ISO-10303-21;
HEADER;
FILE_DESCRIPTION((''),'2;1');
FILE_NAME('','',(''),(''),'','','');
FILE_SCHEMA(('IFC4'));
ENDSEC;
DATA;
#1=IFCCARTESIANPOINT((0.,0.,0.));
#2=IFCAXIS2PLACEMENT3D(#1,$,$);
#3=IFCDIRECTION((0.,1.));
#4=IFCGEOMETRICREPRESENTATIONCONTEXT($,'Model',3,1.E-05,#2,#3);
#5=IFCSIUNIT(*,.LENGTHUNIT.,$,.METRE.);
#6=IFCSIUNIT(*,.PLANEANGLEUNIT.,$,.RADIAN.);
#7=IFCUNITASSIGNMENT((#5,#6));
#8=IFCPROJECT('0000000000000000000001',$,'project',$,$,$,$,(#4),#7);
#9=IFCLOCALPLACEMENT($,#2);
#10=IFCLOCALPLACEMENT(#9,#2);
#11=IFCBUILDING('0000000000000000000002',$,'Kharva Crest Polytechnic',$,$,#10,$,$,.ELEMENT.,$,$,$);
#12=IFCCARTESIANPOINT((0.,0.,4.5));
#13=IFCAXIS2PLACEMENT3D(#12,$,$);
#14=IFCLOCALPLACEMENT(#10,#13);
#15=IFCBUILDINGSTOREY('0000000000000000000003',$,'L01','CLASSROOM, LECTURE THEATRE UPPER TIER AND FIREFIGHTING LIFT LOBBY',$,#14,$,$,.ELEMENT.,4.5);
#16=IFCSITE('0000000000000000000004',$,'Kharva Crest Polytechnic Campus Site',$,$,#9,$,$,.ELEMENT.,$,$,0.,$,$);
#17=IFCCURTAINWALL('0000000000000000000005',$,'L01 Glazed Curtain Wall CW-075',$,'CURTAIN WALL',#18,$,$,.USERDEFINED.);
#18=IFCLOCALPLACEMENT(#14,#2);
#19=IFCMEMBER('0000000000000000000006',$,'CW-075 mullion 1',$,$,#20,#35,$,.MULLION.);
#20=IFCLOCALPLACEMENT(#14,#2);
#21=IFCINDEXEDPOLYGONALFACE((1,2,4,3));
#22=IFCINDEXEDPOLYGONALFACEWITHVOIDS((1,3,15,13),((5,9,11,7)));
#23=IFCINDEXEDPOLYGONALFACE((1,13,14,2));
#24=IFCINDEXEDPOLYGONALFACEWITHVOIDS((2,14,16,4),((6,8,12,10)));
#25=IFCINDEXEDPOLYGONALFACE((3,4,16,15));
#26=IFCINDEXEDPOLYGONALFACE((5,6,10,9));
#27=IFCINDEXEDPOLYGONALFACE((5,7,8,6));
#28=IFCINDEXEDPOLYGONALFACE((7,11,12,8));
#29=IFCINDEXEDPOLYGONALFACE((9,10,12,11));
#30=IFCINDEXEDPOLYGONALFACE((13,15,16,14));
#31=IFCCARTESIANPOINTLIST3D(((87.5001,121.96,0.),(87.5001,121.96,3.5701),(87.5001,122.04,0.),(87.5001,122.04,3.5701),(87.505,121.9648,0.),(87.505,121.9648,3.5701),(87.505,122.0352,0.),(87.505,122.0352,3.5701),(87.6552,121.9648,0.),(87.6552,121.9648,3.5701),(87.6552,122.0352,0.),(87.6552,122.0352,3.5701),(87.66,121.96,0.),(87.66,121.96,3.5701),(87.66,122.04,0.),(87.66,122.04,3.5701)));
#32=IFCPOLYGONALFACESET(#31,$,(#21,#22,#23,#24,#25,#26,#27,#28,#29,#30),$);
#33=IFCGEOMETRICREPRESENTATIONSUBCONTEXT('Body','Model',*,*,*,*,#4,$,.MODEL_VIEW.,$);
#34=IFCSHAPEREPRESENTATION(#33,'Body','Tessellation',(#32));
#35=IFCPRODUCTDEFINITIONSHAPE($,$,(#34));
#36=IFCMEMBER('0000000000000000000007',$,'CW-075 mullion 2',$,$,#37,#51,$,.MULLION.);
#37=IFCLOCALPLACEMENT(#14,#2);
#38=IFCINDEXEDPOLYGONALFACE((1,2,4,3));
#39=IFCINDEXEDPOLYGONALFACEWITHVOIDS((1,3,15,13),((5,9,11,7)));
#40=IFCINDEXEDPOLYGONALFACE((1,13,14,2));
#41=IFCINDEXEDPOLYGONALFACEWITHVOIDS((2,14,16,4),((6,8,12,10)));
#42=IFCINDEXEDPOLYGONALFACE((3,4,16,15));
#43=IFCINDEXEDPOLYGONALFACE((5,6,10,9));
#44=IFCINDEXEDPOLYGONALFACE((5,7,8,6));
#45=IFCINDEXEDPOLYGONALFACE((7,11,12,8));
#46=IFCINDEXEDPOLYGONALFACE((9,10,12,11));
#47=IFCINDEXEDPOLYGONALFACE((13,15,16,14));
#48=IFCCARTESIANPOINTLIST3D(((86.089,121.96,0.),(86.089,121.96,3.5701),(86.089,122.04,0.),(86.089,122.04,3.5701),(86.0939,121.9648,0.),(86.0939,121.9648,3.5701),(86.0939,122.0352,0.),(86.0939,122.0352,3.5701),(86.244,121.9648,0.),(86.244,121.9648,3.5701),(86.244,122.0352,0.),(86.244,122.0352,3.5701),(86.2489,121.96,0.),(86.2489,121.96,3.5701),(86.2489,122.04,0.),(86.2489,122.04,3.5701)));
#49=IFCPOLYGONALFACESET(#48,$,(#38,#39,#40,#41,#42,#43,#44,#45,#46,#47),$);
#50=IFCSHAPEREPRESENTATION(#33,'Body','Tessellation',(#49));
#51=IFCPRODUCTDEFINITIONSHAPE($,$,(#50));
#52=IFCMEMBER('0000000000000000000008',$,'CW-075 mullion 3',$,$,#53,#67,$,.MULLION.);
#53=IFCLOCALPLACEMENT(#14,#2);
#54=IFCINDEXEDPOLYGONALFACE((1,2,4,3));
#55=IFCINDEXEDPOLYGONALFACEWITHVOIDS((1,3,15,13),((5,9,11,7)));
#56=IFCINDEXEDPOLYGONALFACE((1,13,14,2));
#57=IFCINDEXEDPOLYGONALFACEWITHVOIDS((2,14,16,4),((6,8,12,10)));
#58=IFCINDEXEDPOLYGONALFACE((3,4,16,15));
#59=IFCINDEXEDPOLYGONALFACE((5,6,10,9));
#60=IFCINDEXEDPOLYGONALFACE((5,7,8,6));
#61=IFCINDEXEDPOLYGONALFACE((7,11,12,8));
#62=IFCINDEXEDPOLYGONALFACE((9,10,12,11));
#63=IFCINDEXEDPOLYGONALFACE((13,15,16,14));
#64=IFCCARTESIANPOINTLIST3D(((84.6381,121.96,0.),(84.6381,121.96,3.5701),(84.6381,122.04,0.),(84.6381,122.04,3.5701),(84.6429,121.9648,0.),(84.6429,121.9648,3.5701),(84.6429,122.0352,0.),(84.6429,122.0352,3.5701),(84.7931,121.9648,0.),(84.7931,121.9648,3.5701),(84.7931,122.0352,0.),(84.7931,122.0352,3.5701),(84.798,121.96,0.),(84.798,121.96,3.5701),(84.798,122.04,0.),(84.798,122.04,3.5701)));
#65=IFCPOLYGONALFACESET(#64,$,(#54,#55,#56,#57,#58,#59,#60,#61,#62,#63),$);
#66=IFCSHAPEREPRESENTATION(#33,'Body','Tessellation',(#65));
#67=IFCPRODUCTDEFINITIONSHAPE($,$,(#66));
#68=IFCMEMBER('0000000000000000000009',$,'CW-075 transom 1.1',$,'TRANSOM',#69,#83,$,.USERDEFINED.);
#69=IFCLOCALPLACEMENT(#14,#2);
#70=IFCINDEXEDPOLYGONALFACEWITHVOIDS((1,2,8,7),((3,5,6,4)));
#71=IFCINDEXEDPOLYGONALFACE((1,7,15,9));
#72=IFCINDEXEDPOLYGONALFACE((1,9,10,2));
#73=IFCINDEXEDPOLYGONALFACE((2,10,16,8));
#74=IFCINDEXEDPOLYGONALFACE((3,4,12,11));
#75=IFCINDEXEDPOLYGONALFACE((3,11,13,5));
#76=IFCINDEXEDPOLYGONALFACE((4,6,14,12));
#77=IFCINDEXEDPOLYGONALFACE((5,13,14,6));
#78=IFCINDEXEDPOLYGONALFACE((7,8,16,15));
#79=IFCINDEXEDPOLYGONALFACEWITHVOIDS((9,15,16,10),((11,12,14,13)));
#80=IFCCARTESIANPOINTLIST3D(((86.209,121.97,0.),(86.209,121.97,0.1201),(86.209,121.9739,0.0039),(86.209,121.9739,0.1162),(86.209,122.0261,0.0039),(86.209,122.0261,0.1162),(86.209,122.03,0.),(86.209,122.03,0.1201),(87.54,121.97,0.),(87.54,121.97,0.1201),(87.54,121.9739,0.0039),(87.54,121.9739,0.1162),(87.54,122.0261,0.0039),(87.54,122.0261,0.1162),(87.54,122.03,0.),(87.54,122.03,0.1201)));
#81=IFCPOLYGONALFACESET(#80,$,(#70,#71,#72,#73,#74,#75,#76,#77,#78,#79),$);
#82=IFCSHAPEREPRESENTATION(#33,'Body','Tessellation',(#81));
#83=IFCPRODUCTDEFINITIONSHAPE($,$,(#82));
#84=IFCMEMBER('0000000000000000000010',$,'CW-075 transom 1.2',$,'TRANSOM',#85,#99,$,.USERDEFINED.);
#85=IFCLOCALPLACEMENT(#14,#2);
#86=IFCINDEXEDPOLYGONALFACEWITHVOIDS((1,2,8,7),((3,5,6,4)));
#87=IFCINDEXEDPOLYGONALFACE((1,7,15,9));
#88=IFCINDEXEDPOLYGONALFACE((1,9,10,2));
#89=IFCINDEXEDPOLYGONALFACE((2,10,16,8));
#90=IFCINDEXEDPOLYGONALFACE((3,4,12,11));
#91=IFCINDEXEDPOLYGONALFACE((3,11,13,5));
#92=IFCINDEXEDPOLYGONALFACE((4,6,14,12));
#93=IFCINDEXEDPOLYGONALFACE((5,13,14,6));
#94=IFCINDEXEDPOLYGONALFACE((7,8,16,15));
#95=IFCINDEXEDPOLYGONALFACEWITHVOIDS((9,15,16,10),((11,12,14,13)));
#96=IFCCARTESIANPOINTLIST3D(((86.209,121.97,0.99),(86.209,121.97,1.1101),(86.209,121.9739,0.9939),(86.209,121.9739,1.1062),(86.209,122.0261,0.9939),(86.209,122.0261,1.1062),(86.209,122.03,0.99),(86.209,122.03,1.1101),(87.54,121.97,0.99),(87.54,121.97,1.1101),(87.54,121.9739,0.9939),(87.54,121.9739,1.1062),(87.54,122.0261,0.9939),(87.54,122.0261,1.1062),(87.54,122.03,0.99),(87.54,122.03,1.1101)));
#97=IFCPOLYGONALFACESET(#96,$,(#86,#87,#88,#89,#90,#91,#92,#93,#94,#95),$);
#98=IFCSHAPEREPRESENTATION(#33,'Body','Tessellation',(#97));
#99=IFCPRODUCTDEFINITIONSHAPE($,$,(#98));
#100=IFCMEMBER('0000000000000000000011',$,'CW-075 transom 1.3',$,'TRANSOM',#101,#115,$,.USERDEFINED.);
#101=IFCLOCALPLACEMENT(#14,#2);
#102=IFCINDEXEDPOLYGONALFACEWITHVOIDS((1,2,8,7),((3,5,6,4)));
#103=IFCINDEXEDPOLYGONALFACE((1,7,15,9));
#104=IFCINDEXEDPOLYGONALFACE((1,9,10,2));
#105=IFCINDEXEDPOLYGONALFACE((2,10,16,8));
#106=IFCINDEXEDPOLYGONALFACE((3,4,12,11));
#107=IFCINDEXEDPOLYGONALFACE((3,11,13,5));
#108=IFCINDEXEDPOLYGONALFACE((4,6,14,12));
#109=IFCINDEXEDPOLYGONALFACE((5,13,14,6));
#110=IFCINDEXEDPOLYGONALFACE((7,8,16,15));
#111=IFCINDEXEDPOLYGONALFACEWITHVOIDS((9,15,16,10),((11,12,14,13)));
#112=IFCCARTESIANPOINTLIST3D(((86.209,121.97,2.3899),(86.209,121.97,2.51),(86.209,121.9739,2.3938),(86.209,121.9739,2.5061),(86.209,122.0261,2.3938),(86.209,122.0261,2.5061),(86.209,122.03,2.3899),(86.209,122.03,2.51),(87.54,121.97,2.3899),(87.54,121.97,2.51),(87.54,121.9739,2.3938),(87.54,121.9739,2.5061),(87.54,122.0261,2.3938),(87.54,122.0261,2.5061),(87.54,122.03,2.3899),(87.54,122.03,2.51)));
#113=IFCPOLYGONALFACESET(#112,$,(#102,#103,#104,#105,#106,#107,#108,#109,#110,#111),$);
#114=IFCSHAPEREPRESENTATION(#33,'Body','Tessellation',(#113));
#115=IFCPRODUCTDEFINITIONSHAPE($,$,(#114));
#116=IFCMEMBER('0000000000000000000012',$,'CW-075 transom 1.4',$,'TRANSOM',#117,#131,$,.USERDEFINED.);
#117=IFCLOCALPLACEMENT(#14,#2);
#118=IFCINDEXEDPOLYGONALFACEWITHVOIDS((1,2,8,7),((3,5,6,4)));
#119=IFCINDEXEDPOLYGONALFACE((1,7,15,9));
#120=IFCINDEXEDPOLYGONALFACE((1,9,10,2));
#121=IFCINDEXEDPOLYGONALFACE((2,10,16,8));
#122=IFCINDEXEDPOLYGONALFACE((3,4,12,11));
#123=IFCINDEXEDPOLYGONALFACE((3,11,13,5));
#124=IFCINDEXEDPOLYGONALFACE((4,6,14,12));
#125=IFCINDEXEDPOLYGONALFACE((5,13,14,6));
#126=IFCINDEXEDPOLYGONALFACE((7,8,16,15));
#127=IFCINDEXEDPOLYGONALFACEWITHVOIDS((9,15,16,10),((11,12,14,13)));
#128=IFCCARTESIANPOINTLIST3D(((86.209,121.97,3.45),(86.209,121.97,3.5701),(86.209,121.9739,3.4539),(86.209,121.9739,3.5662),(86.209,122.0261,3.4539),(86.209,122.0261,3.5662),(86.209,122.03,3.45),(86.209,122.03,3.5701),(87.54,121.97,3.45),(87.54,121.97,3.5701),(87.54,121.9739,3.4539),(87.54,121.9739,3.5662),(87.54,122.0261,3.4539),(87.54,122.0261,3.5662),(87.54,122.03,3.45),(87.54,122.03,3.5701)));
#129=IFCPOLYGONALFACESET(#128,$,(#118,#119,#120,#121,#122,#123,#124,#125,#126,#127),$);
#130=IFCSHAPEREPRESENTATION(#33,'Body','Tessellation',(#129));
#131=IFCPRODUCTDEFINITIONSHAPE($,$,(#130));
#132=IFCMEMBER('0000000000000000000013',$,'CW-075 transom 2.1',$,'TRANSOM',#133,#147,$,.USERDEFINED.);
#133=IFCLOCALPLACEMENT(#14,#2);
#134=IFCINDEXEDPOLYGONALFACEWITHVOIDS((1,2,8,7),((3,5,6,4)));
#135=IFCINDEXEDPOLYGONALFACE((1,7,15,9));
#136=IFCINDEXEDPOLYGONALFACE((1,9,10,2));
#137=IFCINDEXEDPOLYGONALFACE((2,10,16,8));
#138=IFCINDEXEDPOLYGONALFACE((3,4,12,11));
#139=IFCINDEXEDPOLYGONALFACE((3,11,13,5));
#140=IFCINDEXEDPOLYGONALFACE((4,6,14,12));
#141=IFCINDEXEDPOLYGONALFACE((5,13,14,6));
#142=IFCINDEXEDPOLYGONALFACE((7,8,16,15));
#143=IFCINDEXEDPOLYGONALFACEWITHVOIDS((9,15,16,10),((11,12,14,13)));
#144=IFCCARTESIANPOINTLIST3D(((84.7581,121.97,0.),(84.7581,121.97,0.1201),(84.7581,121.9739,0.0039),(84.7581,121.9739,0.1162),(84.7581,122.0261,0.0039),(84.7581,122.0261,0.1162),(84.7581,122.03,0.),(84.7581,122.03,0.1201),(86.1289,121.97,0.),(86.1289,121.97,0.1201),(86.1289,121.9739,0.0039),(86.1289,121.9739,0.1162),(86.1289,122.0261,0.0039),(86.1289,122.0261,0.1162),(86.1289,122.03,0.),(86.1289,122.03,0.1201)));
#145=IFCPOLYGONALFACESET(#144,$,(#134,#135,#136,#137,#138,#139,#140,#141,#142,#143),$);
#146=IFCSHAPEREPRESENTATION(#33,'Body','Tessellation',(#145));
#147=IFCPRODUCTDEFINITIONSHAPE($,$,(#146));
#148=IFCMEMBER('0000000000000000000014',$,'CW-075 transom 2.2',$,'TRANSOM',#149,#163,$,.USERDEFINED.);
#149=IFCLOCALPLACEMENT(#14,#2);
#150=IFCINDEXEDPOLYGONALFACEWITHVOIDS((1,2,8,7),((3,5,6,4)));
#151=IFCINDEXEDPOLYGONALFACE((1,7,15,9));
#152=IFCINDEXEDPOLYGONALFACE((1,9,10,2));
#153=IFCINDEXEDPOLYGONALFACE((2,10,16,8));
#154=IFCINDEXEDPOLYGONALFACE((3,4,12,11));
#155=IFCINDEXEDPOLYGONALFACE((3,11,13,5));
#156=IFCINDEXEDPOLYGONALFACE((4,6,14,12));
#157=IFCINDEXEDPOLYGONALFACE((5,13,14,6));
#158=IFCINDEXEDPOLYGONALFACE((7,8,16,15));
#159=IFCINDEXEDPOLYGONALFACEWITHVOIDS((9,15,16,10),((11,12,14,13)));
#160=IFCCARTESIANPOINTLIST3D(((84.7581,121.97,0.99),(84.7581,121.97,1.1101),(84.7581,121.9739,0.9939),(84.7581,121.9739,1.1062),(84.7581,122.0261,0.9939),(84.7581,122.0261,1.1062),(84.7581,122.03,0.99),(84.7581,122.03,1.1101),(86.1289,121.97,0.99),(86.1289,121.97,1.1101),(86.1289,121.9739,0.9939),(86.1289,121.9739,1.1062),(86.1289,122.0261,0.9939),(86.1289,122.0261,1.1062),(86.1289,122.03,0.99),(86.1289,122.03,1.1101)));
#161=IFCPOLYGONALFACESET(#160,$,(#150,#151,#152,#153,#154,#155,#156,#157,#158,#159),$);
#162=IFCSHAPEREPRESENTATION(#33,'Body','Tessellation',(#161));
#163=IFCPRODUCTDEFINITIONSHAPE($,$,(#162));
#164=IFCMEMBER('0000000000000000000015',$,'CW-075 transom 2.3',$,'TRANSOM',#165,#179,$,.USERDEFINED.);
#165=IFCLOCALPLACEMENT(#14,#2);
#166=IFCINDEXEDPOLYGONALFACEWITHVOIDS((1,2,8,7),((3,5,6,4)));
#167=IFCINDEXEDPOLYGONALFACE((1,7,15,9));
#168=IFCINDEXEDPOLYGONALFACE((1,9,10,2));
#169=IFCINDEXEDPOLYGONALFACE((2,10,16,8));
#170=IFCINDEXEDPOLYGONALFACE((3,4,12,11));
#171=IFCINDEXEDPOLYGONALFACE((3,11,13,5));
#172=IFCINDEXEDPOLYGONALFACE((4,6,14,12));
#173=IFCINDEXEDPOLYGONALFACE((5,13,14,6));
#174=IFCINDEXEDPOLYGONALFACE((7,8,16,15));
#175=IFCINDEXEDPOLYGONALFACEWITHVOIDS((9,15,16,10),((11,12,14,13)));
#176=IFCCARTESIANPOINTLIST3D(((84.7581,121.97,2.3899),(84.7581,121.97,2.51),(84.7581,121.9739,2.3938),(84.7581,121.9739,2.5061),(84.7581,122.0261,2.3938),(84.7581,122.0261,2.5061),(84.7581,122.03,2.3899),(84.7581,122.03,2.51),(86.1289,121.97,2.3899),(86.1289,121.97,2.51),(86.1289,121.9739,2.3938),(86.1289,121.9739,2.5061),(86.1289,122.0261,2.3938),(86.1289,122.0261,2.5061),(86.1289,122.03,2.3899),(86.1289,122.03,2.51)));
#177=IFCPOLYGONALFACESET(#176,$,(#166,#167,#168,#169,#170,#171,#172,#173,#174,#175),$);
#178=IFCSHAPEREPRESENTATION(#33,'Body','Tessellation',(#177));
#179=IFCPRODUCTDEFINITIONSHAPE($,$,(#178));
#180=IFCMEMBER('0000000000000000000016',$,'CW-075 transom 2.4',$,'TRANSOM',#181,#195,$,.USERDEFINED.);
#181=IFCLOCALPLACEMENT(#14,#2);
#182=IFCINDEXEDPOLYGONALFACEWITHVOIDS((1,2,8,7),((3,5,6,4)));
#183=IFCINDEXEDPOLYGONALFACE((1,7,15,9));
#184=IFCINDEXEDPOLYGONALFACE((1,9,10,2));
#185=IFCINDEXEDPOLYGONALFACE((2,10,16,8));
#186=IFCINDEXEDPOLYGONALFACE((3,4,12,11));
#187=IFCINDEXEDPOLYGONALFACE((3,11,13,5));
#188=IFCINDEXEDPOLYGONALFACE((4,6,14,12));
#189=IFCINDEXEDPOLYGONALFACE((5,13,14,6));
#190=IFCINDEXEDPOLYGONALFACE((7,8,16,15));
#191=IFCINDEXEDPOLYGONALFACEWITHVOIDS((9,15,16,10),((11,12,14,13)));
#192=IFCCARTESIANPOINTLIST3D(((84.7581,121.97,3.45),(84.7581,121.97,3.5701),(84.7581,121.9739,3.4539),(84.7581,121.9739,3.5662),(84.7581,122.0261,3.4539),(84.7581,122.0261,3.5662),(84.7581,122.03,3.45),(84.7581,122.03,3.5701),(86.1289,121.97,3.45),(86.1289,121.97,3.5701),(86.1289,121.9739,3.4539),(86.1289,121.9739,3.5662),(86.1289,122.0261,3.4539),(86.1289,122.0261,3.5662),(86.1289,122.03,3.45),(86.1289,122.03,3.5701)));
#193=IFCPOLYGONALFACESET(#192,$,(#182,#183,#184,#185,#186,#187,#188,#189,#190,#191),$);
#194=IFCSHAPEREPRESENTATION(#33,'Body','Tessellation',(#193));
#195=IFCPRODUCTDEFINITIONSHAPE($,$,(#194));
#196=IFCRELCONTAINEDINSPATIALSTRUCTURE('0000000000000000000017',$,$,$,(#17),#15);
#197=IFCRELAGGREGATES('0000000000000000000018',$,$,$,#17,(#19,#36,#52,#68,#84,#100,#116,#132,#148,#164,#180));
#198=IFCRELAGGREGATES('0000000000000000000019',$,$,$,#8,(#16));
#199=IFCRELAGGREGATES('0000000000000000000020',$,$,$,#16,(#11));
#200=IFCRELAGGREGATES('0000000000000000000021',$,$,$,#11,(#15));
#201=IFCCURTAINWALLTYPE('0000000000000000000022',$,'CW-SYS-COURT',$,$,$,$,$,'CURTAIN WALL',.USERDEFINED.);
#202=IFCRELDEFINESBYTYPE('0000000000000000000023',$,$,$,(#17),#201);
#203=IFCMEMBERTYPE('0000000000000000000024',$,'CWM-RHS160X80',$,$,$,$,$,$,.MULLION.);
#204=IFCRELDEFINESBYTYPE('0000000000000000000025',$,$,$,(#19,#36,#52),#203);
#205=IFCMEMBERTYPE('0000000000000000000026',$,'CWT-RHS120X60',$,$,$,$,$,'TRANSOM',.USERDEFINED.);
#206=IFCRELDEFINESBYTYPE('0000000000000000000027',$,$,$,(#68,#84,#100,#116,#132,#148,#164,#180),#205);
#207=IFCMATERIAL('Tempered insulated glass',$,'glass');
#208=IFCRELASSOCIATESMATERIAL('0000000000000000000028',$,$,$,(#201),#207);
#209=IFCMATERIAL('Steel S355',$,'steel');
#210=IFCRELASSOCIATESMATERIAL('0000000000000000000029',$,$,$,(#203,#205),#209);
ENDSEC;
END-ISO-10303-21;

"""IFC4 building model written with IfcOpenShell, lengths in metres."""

from ifc_helpers import new_model, si_unit, direction, frame, origin, origin_2d, place, context, subcontext, project, spatial, hollow_rectangle, extrude, material, material_profile, profile_set, type_object, element, aggregate, save


model = new_model("IFC4")

# Units and contexts
model_context = context("Model", 3, precision=1e-05, world=origin(), true_north=direction((0.0, 1.0)))
body_context = subcontext(model_context, "Body", "Model", "MODEL_VIEW")
ifc_project = project(units=[si_unit("LENGTHUNIT", "METRE"), si_unit("PLANEANGLEUNIT", "RADIAN")], contexts=[model_context])

# Site, building, storey
site_placement = place(None, origin())
site = spatial("IfcSite", under=ifc_project, at=site_placement, Name="Kharva Crest Polytechnic Campus Site", CompositionType="ELEMENT", RefElevation=0.0)
building_placement = place(site_placement, origin())
building = spatial("IfcBuilding", under=site, at=building_placement, Name="Kharva Crest Polytechnic", CompositionType="ELEMENT")
storey_placement = place(building_placement, frame((0.0, 0.0, 4.5)))
storey = spatial("IfcBuildingStorey", under=building, at=storey_placement, Name="L01", Description="CLASSROOM, LECTURE THEATRE UPPER TIER AND FIREFIGHTING LIFT LOBBY", CompositionType="ELEMENT", Elevation=4.5)

# Curtain wall, members
ifc_material_1 = material(Name="Tempered insulated glass", Category="glass")
curtain_wall_type = type_object("IfcCurtainWallType", Name="CW-SYS-COURT", ElementType="CURTAIN WALL", PredefinedType="USERDEFINED", material=ifc_material_1)
curtain_wall_placement = place(storey_placement, origin())
curtain_wall = element("IfcCurtainWall", 1, at=curtain_wall_placement, inside=storey, type_object=curtain_wall_type, Name="L01 Glazed Curtain Wall CW-075", ObjectType="CURTAIN WALL", PredefinedType="USERDEFINED")
ifc_material_2 = material(Name="Steel S355", Category="steel")
ifc_material_profile_1 = material_profile(ifc_material_2, hollow_rectangle(XDim=0.0801, YDim=0.1599, WallThickness=0.0049, at=origin_2d()), Name="RHS 160X80X5.0")
ifc_profile_set_1 = profile_set([ifc_material_profile_1], Name="Steel S355")
member_type_1 = type_object("IfcMemberType", Name="CWM-RHS160X80", PredefinedType="MULLION", material=ifc_profile_set_1)
member_1_placement = place(storey_placement, frame((87.5801, 122.0, 0.0), z_axis=(0.0, 0.0, 1.0), x_axis=(0.0, -1.0, 0.0)))
member_1 = element("IfcMember", 2, at=member_1_placement, type_object=member_type_1, Name="CW-075 mullion 1", PredefinedType="MULLION", context=body_context, shape_type="SweptSolid", body=[
    extrude(hollow_rectangle(XDim=0.0801, YDim=0.1599, WallThickness=0.0049, at=origin_2d()), origin(), (0.0, 0.0, 1.0), 3.5701),
])
member_2_placement = place(storey_placement, frame((86.1689, 122.0, 0.0), z_axis=(0.0, 0.0, 1.0), x_axis=(0.0, -1.0, 0.0)))
member_2 = element("IfcMember", 3, at=member_2_placement, type_object=member_type_1, Name="CW-075 mullion 2", PredefinedType="MULLION", context=body_context, shape_type="SweptSolid", body=[
    extrude(hollow_rectangle(XDim=0.0801, YDim=0.1599, WallThickness=0.0049, at=origin_2d()), origin(), (0.0, 0.0, 1.0), 3.5701),
])
member_3_placement = place(storey_placement, frame((84.718, 122.0, 0.0), z_axis=(0.0, 0.0, 1.0), x_axis=(0.0, -1.0, 0.0)))
member_3 = element("IfcMember", 4, at=member_3_placement, type_object=member_type_1, Name="CW-075 mullion 3", PredefinedType="MULLION", context=body_context, shape_type="SweptSolid", body=[
    extrude(hollow_rectangle(XDim=0.0801, YDim=0.1599, WallThickness=0.0049, at=origin_2d()), origin(), (0.0, 0.0, 1.0), 3.5701),
])
ifc_material_profile_2 = material_profile(ifc_material_2, hollow_rectangle(XDim=0.0601, YDim=0.1201, WallThickness=0.0039, at=origin_2d()), Name="RHS 120X60X4.0")
ifc_profile_set_2 = profile_set([ifc_material_profile_2], Name="Steel S355")
member_type_2 = type_object("IfcMemberType", Name="CWT-RHS120X60", ElementType="TRANSOM", PredefinedType="USERDEFINED", material=ifc_profile_set_2)
member_4_placement = place(storey_placement, frame((87.54, 122.0, 0.0601), z_axis=(-1.0, 0.0, 0.0), x_axis=(0.0, -1.0, 0.0)))
member_4 = element("IfcMember", 5, at=member_4_placement, type_object=member_type_2, Name="CW-075 transom 1.1", ObjectType="TRANSOM", PredefinedType="USERDEFINED", context=body_context, shape_type="SweptSolid", body=[
    extrude(hollow_rectangle(XDim=0.0601, YDim=0.1201, WallThickness=0.0039, at=origin_2d()), origin(), (0.0, 0.0, 1.0), 1.3311),
])
member_5_placement = place(storey_placement, frame((87.54, 122.0, 1.05), z_axis=(-1.0, 0.0, 0.0), x_axis=(0.0, -1.0, 0.0)))
member_5 = element("IfcMember", 6, at=member_5_placement, type_object=member_type_2, Name="CW-075 transom 1.2", ObjectType="TRANSOM", PredefinedType="USERDEFINED", context=body_context, shape_type="SweptSolid", body=[
    extrude(hollow_rectangle(XDim=0.0601, YDim=0.1201, WallThickness=0.0039, at=origin_2d()), origin(), (0.0, 0.0, 1.0), 1.3311),
])
member_6_placement = place(storey_placement, frame((87.54, 122.0, 2.45), z_axis=(-1.0, 0.0, 0.0), x_axis=(0.0, -1.0, 0.0)))
member_6 = element("IfcMember", 7, at=member_6_placement, type_object=member_type_2, Name="CW-075 transom 1.3", ObjectType="TRANSOM", PredefinedType="USERDEFINED", context=body_context, shape_type="SweptSolid", body=[
    extrude(hollow_rectangle(XDim=0.0601, YDim=0.1201, WallThickness=0.0039, at=origin_2d()), origin(), (0.0, 0.0, 1.0), 1.3311),
])
member_7_placement = place(storey_placement, frame((87.54, 122.0, 3.51), z_axis=(-1.0, 0.0, 0.0), x_axis=(0.0, -1.0, 0.0)))
member_7 = element("IfcMember", 8, at=member_7_placement, type_object=member_type_2, Name="CW-075 transom 1.4", ObjectType="TRANSOM", PredefinedType="USERDEFINED", context=body_context, shape_type="SweptSolid", body=[
    extrude(hollow_rectangle(XDim=0.0601, YDim=0.1201, WallThickness=0.0039, at=origin_2d()), origin(), (0.0, 0.0, 1.0), 1.3311),
])
member_8_placement = place(storey_placement, frame((86.1289, 122.0, 0.0601), z_axis=(-1.0, 0.0, 0.0), x_axis=(0.0, -1.0, 0.0)))
member_8 = element("IfcMember", 9, at=member_8_placement, type_object=member_type_2, Name="CW-075 transom 2.1", ObjectType="TRANSOM", PredefinedType="USERDEFINED", context=body_context, shape_type="SweptSolid", body=[
    extrude(hollow_rectangle(XDim=0.0601, YDim=0.1201, WallThickness=0.0039, at=origin_2d()), origin(), (0.0, 0.0, 1.0), 1.3708),
])
member_9_placement = place(storey_placement, frame((86.1289, 122.0, 1.05), z_axis=(-1.0, 0.0, 0.0), x_axis=(0.0, -1.0, 0.0)))
member_9 = element("IfcMember", 10, at=member_9_placement, type_object=member_type_2, Name="CW-075 transom 2.2", ObjectType="TRANSOM", PredefinedType="USERDEFINED", context=body_context, shape_type="SweptSolid", body=[
    extrude(hollow_rectangle(XDim=0.0601, YDim=0.1201, WallThickness=0.0039, at=origin_2d()), origin(), (0.0, 0.0, 1.0), 1.3708),
])
member_10_placement = place(storey_placement, frame((86.1289, 122.0, 2.45), z_axis=(-1.0, 0.0, 0.0), x_axis=(0.0, -1.0, 0.0)))
member_10 = element("IfcMember", 11, at=member_10_placement, type_object=member_type_2, Name="CW-075 transom 2.3", ObjectType="TRANSOM", PredefinedType="USERDEFINED", context=body_context, shape_type="SweptSolid", body=[
    extrude(hollow_rectangle(XDim=0.0601, YDim=0.1201, WallThickness=0.0039, at=origin_2d()), origin(), (0.0, 0.0, 1.0), 1.3708),
])
member_11_placement = place(storey_placement, frame((86.1289, 122.0, 3.51), z_axis=(-1.0, 0.0, 0.0), x_axis=(0.0, -1.0, 0.0)))
member_11 = element("IfcMember", 12, at=member_11_placement, type_object=member_type_2, Name="CW-075 transom 2.4", ObjectType="TRANSOM", PredefinedType="USERDEFINED", context=body_context, shape_type="SweptSolid", body=[
    extrude(hollow_rectangle(XDim=0.0601, YDim=0.1201, WallThickness=0.0039, at=origin_2d()), origin(), (0.0, 0.0, 1.0), 1.3708),
])
aggregate(curtain_wall, [member_1, member_2, member_3, member_4, member_5, member_6, member_7, member_8, member_9, member_10, member_11])

save(model, "model.ifc")
